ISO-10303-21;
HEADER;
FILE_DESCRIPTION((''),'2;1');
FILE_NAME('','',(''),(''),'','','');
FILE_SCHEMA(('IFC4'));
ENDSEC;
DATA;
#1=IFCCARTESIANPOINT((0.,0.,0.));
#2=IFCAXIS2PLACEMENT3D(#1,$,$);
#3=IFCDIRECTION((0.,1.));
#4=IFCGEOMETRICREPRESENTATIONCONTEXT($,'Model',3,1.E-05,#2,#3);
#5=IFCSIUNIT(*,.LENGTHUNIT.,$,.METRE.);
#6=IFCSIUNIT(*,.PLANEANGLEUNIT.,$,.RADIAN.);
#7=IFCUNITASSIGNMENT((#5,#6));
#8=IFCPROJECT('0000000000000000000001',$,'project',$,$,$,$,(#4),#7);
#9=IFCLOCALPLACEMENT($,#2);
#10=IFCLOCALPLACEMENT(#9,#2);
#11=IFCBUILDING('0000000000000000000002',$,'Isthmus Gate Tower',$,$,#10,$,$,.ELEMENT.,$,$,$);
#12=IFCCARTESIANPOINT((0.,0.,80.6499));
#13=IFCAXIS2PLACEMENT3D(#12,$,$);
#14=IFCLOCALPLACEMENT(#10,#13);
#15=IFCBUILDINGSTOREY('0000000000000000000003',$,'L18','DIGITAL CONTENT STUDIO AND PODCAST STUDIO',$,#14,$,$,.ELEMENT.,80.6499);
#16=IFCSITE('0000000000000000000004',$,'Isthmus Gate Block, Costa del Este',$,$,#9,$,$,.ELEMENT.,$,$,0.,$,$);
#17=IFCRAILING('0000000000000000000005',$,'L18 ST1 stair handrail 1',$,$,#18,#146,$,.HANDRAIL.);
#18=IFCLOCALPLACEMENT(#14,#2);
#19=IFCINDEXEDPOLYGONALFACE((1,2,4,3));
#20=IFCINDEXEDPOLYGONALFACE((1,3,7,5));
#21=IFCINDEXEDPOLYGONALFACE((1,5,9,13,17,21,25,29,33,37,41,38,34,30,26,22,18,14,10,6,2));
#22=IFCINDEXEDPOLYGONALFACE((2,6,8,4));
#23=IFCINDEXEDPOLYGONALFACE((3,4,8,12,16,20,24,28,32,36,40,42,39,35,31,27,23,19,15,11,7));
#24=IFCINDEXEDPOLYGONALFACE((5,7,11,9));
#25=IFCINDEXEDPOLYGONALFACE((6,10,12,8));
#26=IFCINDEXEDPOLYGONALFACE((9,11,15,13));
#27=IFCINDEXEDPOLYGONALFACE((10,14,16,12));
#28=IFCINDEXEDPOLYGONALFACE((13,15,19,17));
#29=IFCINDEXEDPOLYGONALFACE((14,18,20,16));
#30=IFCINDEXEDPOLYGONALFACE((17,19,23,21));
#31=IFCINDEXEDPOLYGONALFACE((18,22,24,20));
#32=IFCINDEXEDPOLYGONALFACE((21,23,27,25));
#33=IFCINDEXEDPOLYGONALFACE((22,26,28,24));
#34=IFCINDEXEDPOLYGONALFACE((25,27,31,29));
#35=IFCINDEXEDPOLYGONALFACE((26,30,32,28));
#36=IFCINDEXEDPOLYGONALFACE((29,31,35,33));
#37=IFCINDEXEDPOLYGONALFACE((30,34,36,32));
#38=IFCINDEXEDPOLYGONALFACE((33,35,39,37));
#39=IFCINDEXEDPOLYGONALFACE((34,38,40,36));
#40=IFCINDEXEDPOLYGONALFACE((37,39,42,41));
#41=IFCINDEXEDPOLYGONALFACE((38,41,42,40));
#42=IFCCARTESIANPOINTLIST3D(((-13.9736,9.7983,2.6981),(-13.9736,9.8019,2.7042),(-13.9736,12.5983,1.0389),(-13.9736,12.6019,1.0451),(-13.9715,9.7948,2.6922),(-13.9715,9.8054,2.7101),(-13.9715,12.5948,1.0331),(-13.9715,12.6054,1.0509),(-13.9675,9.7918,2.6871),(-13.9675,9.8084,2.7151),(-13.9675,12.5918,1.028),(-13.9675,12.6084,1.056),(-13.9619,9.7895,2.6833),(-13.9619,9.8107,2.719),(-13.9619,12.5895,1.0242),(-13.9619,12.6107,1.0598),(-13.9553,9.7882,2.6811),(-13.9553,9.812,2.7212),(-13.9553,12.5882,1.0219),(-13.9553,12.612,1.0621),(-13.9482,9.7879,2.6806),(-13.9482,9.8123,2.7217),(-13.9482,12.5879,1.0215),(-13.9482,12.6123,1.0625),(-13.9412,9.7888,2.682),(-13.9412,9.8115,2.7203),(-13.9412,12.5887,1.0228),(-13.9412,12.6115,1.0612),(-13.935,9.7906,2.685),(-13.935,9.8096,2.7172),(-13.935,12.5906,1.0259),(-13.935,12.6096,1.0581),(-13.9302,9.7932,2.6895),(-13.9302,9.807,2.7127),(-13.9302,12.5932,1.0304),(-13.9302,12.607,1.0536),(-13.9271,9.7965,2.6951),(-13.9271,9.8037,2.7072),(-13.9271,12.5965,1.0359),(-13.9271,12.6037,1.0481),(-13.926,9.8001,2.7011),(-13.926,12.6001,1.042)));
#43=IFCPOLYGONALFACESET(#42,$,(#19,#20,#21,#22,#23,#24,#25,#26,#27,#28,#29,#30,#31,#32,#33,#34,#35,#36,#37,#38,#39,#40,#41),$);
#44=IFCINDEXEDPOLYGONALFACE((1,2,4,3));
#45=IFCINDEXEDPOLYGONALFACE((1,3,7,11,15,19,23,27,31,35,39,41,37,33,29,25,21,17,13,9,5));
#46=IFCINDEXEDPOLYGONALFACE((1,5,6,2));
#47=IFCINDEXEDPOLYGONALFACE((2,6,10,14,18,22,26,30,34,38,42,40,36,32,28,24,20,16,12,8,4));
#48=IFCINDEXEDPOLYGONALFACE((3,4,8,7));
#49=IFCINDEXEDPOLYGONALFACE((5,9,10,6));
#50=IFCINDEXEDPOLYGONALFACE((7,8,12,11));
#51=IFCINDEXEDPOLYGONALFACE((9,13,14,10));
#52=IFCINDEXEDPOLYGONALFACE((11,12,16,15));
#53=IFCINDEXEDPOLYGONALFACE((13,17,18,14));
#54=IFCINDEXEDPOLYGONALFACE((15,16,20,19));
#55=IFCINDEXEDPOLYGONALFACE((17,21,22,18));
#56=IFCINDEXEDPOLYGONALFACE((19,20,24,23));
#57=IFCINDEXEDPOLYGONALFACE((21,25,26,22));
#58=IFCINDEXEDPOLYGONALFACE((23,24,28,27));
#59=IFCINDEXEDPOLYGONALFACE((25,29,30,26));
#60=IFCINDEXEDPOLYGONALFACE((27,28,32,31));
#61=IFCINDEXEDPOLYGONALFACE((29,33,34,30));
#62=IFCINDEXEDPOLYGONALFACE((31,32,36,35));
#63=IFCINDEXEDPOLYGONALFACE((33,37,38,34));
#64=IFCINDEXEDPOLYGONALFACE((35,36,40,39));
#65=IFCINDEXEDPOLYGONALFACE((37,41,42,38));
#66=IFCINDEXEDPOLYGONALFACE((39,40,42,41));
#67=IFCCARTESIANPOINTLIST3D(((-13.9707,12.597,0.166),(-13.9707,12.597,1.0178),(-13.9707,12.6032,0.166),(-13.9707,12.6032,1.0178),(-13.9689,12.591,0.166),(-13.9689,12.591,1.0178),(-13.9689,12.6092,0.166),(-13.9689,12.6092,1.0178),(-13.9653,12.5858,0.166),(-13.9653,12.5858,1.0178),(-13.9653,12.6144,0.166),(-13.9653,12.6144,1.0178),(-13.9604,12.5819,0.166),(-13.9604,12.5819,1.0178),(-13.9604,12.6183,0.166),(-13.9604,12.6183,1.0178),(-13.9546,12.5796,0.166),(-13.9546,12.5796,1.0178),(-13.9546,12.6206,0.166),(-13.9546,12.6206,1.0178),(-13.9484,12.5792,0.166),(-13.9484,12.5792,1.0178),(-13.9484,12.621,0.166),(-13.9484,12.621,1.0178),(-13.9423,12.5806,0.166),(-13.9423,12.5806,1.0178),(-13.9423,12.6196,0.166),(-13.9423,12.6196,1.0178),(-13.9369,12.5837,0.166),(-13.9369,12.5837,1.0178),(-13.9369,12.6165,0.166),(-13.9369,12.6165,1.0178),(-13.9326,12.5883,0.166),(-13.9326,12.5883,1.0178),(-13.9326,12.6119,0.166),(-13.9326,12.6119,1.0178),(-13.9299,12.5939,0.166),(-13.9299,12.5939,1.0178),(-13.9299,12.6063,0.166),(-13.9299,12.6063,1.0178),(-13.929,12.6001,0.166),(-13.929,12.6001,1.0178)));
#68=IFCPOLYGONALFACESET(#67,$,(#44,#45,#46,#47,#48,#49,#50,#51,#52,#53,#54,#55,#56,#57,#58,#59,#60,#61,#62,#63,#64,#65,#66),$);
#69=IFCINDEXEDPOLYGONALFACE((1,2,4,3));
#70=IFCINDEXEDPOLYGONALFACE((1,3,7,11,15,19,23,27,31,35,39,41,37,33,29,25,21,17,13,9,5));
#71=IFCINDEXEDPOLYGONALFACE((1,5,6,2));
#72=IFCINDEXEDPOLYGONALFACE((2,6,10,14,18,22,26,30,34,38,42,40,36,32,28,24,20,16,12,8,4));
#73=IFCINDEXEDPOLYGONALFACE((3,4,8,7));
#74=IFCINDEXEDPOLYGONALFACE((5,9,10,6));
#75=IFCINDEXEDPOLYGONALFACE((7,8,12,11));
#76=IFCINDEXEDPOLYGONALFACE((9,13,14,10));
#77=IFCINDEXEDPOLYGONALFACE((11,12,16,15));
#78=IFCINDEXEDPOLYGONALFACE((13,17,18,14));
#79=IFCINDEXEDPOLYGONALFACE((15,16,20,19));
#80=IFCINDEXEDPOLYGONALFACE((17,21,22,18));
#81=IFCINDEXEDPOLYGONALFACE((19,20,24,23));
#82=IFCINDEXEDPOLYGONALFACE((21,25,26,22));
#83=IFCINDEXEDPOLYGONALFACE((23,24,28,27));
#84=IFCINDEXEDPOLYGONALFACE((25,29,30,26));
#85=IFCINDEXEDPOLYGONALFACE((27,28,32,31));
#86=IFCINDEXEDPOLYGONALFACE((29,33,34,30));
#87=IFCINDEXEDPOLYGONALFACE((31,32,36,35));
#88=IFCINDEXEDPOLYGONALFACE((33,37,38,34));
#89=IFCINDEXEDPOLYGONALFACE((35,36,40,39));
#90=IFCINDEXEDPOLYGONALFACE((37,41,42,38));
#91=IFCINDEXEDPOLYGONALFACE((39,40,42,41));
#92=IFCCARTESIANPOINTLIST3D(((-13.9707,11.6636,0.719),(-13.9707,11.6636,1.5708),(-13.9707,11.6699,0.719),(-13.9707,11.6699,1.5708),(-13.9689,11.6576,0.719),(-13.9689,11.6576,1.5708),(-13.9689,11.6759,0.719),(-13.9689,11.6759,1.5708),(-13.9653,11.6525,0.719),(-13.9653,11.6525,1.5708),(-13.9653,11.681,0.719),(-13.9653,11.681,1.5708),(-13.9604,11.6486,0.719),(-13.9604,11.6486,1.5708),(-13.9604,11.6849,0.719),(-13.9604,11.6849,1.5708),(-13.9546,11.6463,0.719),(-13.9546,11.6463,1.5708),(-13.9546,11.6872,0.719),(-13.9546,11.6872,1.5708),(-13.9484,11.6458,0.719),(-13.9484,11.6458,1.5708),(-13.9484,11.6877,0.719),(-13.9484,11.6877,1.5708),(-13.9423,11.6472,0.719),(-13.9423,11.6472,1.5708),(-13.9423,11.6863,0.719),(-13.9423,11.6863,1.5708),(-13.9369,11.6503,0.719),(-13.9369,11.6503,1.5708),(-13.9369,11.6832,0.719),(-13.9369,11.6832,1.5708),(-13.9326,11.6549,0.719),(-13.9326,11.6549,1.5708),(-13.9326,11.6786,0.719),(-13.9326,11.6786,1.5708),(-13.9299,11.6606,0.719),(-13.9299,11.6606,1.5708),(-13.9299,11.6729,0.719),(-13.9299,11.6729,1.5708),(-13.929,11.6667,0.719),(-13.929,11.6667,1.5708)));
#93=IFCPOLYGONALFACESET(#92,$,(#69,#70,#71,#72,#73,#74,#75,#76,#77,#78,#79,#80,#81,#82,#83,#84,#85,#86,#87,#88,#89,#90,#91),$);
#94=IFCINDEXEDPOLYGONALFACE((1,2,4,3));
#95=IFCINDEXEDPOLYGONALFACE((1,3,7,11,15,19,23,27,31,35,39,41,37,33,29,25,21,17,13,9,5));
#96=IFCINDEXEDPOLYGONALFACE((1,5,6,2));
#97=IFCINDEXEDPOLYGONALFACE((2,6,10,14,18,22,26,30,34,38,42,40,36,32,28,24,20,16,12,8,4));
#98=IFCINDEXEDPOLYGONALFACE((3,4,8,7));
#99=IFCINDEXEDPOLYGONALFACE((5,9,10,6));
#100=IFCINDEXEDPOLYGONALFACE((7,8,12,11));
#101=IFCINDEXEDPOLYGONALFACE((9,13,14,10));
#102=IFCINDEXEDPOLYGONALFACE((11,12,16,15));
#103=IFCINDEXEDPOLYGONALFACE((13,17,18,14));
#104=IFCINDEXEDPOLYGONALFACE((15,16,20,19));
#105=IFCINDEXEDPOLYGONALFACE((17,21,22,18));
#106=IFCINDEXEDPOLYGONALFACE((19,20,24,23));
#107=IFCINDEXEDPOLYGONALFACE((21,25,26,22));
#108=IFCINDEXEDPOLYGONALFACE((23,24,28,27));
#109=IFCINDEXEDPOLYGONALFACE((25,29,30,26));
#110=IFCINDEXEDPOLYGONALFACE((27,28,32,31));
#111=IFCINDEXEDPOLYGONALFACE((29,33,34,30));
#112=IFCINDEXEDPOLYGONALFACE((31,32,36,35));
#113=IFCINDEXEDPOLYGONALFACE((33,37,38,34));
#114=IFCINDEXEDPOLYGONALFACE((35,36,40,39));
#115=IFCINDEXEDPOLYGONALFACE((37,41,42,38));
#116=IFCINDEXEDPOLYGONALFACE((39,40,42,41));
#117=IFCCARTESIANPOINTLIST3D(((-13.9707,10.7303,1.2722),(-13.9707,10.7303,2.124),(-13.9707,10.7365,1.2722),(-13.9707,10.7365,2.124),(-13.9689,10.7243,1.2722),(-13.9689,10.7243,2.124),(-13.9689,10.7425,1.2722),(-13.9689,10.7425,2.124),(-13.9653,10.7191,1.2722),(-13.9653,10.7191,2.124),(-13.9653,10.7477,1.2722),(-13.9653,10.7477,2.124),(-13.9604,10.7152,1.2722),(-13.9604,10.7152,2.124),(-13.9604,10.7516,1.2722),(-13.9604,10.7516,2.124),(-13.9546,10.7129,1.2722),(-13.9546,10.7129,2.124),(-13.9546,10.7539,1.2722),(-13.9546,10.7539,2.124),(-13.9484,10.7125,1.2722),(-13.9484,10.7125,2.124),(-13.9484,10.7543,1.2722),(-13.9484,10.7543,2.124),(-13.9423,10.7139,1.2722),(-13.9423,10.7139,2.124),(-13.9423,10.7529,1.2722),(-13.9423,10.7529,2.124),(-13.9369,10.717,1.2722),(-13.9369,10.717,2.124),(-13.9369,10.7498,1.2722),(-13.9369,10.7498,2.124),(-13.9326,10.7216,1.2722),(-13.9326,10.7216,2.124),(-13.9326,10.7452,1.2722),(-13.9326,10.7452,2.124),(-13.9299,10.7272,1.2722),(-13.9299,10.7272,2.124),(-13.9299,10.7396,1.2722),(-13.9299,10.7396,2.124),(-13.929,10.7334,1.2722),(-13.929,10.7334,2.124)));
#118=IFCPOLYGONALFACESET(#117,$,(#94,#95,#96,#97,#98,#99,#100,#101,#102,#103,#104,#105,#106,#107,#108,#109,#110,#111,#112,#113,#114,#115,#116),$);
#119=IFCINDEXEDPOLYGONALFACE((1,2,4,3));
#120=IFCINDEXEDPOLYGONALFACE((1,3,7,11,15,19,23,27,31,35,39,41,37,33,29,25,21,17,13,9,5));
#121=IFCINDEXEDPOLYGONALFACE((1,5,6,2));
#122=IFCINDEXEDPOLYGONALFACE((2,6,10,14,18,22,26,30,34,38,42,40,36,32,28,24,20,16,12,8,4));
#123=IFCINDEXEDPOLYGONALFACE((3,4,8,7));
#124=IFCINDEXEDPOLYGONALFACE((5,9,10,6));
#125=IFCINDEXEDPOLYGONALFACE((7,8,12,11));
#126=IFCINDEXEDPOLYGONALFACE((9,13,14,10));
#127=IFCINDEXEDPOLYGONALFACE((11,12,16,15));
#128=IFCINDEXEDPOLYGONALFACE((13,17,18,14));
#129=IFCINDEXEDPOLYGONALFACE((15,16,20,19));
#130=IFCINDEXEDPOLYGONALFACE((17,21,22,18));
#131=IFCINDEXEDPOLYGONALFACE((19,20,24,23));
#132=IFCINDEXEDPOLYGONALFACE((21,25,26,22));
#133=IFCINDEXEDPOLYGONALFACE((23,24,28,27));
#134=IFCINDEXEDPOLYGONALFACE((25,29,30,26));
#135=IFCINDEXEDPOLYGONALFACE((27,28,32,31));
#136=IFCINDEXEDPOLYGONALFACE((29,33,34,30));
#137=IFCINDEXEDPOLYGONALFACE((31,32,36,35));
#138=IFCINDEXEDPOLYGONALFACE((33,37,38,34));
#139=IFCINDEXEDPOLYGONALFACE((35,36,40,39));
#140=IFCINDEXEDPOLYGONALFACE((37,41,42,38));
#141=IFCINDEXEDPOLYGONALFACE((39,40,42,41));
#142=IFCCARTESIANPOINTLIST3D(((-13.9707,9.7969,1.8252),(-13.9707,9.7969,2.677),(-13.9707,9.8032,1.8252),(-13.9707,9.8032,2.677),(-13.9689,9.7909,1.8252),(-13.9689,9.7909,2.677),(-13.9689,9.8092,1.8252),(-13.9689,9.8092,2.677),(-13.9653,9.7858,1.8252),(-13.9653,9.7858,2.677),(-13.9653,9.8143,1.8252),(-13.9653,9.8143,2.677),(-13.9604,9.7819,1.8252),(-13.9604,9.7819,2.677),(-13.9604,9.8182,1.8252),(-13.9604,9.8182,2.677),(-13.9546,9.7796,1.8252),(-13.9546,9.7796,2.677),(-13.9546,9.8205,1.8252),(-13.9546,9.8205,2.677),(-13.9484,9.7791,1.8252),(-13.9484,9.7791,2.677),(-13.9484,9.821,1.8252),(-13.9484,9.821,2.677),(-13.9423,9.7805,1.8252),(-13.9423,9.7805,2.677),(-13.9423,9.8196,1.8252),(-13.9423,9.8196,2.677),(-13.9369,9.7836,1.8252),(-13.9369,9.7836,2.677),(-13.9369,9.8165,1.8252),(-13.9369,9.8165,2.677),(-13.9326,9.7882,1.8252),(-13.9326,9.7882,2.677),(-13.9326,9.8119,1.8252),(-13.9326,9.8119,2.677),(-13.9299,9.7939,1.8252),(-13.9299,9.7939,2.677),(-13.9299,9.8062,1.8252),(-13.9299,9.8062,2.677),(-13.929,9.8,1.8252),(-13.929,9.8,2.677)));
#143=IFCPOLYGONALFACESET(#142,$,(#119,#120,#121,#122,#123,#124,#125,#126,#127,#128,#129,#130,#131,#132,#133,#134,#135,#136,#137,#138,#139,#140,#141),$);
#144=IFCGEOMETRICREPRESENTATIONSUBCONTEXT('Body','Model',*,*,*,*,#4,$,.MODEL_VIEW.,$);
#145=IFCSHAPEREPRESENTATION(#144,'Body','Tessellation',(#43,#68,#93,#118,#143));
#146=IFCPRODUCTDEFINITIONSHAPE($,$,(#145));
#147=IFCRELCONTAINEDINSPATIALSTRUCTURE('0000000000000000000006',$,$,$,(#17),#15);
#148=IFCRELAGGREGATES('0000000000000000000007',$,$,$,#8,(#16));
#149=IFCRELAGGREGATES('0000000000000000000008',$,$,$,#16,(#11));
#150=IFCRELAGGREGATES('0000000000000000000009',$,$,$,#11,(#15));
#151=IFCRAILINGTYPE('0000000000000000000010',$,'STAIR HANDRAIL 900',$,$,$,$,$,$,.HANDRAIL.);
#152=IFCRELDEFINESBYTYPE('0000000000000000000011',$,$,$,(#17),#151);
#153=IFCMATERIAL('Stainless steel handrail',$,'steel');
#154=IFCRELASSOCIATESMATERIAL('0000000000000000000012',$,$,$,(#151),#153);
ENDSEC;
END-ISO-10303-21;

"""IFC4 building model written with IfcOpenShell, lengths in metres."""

from ifc_helpers import new_model, si_unit, direction, frame, origin, origin_2d, place, context, subcontext, project, spatial, circle, extrude, material, type_object, element, save


model = new_model("IFC4")

# Units and contexts
model_context = context("Model", 3, precision=1e-05, world=origin(), true_north=direction((0.0, 1.0)))
body_context = subcontext(model_context, "Body", "Model", "MODEL_VIEW")
ifc_project = project(units=[si_unit("LENGTHUNIT", "METRE"), si_unit("PLANEANGLEUNIT", "RADIAN")], contexts=[model_context])

# Site, building, storey
site_placement = place(None, origin())
site = spatial("IfcSite", under=ifc_project, at=site_placement, Name="Isthmus Gate Block, Costa del Este", CompositionType="ELEMENT", RefElevation=0.0)
building_placement = place(site_placement, origin())
building = spatial("IfcBuilding", under=site, at=building_placement, Name="Isthmus Gate Tower", CompositionType="ELEMENT")
storey_placement = place(building_placement, frame((0.0, 0.0, 80.6499)))
storey = spatial("IfcBuildingStorey", under=building, at=storey_placement, Name="L18", Description="DIGITAL CONTENT STUDIO AND PODCAST STUDIO", CompositionType="ELEMENT", Elevation=80.6499)

# Railing
ifc_material_1 = material(Name="Stainless steel handrail", Category="steel")
railing_type_1 = type_object("IfcRailingType", Name="STAIR HANDRAIL 900", PredefinedType="HANDRAIL", material=ifc_material_1)
for number, where, name in (
    (1, (-13.95, 12.6001, 0.166), "L18 ST1 stair handrail 1"),
):
    element("IfcRailing", number, at=place(storey_placement, frame(where)), inside=storey, type_object=railing_type_1, Name=name, PredefinedType="HANDRAIL", context=body_context, shape_type="SweptSolid", body=[
        extrude(circle(Radius=0.0239, at=origin_2d()), frame((0.0, 0.0, 0.876), z_axis=(0.0, -0.860306, 0.509778), x_axis=(1.0, 0.0, 0.0)), (0.0, 0.0, 1.0), 3.2546),
        extrude(circle(Radius=0.021, at=origin_2d()), origin(), (0.0, 0.0, 1.0), 0.8518),
        extrude(circle(Radius=0.021, at=origin_2d()), frame((0.0, -0.9333, 0.553)), (0.0, 0.0, 1.0), 0.8518),
        extrude(circle(Radius=0.021, at=origin_2d()), frame((0.0, -1.8667, 1.1062)), (0.0, 0.0, 1.0), 0.8518),
        extrude(circle(Radius=0.021, at=origin_2d()), frame((0.0, -2.8, 1.6592)), (0.0, 0.0, 1.0), 0.8518),
    ])

save(model, "model.ifc")
